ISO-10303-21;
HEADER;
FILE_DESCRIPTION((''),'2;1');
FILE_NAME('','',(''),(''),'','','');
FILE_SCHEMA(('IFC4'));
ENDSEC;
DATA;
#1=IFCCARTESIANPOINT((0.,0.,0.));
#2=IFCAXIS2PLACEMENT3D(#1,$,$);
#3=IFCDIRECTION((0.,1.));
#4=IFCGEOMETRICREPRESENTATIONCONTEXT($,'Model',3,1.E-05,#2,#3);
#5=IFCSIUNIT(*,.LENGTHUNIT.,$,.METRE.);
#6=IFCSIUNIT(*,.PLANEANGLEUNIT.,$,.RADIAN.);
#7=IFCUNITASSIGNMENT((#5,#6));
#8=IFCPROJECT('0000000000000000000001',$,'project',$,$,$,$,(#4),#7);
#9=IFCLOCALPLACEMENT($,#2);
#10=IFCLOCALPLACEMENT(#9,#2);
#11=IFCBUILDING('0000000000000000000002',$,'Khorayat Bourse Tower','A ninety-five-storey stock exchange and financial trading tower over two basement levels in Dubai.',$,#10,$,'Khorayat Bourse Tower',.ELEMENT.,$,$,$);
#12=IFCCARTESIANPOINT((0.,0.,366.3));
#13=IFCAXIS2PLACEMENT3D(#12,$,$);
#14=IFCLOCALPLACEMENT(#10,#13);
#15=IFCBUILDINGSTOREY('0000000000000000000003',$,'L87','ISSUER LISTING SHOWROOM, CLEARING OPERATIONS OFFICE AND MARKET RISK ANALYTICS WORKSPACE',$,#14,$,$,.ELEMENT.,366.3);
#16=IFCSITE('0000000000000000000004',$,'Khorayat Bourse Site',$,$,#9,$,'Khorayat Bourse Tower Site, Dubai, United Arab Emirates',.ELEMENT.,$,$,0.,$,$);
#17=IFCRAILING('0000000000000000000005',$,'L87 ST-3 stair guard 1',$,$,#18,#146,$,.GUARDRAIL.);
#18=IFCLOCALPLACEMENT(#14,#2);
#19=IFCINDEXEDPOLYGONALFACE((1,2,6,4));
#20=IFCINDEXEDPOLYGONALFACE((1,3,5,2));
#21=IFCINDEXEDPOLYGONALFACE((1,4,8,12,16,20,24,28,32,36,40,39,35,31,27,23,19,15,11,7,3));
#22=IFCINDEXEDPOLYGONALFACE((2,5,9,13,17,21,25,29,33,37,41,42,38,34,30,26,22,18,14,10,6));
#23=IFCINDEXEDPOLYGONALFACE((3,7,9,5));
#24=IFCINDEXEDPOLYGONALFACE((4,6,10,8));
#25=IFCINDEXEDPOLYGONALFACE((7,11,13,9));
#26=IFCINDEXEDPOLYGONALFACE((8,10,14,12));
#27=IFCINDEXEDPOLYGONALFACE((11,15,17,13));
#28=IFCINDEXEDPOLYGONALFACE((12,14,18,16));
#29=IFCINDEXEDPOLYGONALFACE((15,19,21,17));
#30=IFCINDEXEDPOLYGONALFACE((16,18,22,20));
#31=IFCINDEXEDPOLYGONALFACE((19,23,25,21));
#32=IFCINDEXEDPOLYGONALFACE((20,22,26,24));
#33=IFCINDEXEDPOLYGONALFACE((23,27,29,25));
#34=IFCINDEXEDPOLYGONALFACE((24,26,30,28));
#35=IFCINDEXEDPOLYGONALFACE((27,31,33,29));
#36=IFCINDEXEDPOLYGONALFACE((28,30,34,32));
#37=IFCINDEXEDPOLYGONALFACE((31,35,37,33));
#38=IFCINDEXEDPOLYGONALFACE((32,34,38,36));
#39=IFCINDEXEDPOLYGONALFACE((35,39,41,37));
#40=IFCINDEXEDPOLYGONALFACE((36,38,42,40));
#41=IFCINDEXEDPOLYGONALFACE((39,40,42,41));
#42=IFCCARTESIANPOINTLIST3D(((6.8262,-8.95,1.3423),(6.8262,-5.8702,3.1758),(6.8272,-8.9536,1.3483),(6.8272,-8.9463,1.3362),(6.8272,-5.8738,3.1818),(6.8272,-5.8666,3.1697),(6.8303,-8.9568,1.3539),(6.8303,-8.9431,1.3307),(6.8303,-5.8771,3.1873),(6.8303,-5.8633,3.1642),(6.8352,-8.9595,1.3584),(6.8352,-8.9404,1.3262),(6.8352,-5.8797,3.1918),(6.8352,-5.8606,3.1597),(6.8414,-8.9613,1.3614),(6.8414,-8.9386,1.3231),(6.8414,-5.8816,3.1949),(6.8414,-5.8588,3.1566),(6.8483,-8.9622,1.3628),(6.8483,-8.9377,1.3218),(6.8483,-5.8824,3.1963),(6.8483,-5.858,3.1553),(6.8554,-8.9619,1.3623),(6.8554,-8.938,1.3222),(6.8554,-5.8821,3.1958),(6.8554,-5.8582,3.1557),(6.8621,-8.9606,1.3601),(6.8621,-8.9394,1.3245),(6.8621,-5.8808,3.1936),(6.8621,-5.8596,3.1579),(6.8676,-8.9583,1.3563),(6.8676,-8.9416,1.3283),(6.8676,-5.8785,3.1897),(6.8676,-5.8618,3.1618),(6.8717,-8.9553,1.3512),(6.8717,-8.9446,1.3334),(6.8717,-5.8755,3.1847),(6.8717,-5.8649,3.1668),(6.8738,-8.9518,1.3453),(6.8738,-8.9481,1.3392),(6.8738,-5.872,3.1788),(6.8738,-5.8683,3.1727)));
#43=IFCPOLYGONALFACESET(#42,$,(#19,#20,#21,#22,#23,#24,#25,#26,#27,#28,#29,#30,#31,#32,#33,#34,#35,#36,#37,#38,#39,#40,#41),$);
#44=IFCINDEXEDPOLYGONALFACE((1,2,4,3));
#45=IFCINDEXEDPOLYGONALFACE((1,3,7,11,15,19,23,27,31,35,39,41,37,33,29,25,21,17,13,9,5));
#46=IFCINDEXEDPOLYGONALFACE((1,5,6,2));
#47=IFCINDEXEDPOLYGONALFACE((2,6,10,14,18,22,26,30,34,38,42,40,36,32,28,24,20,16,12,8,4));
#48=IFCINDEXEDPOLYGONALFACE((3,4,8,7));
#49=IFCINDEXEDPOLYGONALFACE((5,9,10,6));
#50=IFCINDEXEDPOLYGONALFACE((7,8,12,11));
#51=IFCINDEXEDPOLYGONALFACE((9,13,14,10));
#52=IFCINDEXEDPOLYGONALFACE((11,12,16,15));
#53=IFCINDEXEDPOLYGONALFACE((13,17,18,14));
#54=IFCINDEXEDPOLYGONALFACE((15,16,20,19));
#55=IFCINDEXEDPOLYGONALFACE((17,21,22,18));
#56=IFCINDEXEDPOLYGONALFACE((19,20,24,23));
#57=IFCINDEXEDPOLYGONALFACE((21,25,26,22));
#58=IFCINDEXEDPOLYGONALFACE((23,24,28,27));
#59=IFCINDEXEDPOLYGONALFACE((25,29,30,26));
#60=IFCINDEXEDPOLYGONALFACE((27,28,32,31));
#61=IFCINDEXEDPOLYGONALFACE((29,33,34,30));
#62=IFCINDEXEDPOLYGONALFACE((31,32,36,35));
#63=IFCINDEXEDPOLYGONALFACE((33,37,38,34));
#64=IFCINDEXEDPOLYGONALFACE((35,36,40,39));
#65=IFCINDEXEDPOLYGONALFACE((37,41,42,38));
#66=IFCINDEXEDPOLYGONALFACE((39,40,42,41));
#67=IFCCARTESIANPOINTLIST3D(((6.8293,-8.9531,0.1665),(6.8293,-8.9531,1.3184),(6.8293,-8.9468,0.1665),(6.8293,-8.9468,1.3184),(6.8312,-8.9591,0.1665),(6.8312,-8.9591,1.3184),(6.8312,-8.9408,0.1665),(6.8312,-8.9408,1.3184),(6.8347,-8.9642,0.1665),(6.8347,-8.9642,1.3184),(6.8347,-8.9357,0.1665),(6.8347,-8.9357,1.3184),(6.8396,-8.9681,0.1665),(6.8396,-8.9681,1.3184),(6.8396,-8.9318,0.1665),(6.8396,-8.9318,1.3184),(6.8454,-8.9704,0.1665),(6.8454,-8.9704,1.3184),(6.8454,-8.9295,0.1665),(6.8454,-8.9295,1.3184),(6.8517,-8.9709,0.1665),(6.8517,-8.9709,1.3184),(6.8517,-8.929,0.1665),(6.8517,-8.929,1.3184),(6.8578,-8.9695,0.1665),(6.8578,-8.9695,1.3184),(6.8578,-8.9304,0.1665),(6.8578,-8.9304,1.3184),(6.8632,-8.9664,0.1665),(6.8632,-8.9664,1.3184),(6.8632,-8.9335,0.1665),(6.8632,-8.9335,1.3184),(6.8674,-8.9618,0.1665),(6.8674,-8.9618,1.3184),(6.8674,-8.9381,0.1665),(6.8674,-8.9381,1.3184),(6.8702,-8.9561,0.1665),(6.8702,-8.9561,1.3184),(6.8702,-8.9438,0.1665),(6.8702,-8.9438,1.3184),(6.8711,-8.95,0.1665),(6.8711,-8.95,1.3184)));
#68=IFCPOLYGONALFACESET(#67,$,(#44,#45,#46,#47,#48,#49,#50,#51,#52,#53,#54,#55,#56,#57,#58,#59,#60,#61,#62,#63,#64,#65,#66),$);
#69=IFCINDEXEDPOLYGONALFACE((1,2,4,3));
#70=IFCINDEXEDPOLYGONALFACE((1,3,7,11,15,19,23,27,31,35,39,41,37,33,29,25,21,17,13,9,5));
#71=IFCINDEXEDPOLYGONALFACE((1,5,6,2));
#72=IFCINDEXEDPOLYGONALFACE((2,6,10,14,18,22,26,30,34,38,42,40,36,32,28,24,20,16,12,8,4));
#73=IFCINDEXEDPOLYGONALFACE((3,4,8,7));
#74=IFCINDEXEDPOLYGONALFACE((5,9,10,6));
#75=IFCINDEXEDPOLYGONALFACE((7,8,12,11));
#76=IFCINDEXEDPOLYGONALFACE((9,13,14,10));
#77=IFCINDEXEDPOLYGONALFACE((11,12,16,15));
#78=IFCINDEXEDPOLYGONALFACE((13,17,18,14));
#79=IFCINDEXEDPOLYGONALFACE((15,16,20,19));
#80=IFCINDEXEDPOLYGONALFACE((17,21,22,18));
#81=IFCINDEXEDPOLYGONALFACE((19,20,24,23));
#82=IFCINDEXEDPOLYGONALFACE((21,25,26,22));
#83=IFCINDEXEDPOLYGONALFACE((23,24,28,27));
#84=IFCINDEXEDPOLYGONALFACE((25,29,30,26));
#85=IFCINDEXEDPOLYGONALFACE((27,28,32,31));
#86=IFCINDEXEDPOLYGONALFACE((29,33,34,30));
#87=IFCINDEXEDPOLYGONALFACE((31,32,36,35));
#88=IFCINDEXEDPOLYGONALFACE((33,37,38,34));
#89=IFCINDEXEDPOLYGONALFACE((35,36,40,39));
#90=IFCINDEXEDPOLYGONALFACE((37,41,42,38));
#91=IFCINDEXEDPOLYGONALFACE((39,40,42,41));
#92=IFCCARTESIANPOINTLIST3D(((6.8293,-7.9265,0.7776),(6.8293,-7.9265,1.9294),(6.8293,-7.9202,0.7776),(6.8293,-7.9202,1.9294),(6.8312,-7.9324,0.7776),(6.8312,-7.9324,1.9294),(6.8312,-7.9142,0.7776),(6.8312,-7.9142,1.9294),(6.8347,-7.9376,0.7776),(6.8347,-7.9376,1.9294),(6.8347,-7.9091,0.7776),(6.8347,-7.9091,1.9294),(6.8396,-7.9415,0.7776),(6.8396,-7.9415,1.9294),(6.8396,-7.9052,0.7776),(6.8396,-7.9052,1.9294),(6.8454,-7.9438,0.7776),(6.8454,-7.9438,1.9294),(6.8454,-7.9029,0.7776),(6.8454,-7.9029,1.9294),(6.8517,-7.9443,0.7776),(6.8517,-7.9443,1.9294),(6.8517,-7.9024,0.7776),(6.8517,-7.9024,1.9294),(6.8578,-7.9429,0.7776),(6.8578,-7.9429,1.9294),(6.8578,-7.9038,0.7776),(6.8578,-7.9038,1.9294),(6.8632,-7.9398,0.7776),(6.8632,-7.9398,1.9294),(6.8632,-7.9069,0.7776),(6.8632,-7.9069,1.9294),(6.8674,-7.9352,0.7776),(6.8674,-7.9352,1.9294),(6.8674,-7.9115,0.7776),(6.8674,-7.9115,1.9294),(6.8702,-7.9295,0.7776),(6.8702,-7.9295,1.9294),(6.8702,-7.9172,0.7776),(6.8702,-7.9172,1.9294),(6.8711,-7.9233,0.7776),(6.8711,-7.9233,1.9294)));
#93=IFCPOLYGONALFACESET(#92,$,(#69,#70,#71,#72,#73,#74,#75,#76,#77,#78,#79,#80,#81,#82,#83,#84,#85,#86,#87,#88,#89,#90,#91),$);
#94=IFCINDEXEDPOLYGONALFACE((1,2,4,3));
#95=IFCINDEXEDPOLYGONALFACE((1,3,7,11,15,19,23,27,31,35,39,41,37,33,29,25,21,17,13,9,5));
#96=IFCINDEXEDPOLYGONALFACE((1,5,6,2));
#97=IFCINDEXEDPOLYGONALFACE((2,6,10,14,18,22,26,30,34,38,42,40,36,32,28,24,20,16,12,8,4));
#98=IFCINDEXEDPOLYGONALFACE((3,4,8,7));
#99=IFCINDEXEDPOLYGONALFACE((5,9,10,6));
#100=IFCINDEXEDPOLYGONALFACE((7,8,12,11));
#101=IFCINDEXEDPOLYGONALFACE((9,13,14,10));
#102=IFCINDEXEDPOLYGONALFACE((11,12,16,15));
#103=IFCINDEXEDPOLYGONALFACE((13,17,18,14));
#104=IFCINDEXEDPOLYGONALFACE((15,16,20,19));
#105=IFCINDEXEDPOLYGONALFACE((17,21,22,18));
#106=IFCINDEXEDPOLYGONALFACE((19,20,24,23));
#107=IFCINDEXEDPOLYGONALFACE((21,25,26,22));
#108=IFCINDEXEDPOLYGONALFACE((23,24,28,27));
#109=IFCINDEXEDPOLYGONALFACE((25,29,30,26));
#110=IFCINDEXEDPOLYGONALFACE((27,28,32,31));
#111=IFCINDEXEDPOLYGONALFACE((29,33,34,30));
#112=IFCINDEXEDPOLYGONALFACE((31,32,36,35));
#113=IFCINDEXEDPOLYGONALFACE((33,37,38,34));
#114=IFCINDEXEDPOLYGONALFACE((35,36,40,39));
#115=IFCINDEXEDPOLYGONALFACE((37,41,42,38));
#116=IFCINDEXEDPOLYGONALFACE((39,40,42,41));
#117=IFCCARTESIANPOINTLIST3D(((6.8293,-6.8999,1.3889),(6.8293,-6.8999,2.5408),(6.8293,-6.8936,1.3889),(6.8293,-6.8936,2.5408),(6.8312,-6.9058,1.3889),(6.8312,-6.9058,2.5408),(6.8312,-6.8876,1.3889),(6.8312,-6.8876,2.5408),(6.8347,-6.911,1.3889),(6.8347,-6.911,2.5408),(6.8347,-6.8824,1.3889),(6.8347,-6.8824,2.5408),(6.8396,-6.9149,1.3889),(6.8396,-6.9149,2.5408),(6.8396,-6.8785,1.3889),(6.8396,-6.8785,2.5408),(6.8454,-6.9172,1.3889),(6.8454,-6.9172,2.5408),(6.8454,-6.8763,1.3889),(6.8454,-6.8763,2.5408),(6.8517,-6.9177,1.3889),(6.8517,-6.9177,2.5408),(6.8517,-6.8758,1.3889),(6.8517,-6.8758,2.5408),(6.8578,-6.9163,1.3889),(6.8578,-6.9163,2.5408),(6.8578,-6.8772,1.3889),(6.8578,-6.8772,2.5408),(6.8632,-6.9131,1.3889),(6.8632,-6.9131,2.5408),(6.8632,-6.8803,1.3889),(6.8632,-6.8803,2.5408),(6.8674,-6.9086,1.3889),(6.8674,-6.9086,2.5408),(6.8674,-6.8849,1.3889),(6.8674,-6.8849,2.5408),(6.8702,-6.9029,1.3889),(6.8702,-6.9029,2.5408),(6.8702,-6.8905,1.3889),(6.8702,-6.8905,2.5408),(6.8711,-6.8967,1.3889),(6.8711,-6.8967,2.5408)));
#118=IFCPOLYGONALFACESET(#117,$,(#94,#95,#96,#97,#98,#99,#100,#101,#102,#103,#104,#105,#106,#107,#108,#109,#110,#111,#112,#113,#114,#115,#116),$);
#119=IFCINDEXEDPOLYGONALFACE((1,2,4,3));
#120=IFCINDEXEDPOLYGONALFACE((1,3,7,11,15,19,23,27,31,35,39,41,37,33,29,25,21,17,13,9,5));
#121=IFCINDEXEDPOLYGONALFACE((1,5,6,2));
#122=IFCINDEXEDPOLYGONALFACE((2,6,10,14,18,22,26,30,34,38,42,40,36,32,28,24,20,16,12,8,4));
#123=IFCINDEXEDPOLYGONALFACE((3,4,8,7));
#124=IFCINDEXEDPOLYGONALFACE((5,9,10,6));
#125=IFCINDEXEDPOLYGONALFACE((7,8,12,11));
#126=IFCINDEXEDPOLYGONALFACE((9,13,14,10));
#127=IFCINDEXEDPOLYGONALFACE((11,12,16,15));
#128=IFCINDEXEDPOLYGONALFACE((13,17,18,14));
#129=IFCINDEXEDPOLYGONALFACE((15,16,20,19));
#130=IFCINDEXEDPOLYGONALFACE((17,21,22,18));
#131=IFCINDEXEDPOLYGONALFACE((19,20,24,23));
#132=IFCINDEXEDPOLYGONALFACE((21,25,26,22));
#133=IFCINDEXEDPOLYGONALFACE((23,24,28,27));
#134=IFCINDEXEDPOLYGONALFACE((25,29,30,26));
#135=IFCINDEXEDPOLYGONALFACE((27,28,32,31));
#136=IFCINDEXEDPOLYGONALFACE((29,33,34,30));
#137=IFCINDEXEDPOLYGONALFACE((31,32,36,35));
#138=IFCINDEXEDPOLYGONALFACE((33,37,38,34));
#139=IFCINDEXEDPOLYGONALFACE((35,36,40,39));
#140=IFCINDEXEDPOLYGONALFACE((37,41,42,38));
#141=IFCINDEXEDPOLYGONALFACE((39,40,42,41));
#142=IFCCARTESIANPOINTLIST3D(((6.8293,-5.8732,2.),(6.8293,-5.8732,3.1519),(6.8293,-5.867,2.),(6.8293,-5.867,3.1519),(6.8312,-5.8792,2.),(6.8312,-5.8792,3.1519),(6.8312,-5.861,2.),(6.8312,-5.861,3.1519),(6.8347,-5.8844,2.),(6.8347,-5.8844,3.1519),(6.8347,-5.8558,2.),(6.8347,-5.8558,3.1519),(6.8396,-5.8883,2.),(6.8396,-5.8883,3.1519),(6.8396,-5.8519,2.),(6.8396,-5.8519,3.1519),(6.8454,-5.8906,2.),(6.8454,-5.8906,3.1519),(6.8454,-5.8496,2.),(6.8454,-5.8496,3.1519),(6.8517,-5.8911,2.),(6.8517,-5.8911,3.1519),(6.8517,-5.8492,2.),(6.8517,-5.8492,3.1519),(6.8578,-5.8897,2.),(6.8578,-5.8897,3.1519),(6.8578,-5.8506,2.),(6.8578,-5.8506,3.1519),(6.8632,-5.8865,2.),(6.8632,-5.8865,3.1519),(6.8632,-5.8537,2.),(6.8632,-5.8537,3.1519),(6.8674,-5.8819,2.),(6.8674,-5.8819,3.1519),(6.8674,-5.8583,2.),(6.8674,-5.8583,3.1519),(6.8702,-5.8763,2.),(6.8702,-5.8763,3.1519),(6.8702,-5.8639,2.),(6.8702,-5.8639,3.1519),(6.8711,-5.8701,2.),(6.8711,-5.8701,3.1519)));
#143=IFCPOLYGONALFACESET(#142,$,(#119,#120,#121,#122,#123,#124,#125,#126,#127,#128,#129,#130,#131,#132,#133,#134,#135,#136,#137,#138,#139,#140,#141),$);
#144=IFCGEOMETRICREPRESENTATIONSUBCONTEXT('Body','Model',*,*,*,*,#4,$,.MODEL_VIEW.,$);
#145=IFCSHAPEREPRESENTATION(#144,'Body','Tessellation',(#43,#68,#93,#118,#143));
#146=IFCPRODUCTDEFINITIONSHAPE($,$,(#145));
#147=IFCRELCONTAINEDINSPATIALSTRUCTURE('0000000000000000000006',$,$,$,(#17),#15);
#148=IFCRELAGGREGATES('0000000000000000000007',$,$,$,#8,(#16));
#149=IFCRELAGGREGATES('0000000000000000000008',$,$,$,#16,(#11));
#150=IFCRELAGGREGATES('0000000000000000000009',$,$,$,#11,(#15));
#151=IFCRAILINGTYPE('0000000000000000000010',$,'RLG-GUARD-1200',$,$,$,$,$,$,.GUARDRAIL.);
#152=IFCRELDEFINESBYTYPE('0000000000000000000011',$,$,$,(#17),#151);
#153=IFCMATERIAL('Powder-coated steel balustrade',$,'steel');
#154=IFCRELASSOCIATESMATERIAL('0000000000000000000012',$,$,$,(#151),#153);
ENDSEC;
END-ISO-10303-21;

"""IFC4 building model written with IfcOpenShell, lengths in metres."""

from ifc_helpers import new_model, si_unit, direction, frame, origin, origin_2d, place, context, subcontext, project, spatial, circle, extrude, source, transform, mapped, material, type_object, element, save


model = new_model("IFC4")

# Units and contexts
model_context = context("Model", 3, precision=1e-05, world=origin(), true_north=direction((0.0, 1.0)))
body_context = subcontext(model_context, "Body", "Model", "MODEL_VIEW")
ifc_project = project(units=[si_unit("LENGTHUNIT", "METRE"), si_unit("PLANEANGLEUNIT", "RADIAN")], contexts=[model_context])

# Site, building, storey
site_placement = place(None, origin())
site = spatial("IfcSite", under=ifc_project, at=site_placement, Name="Khorayat Bourse Site", LongName="Khorayat Bourse Tower Site, Dubai, United Arab Emirates", CompositionType="ELEMENT", RefElevation=0.0)
building_placement = place(site_placement, origin())
building = spatial("IfcBuilding", under=site, at=building_placement, Name="Khorayat Bourse Tower", Description="A ninety-five-storey stock exchange and financial trading tower over two basement levels in Dubai.", LongName="Khorayat Bourse Tower", CompositionType="ELEMENT")
storey_placement = place(building_placement, frame((0.0, 0.0, 366.3)))
storey = spatial("IfcBuildingStorey", under=building, at=storey_placement, Name="L87", Description="ISSUER LISTING SHOWROOM, CLEARING OPERATIONS OFFICE AND MARKET RISK ANALYTICS WORKSPACE", CompositionType="ELEMENT", Elevation=366.3)

# Railing
ifc_material_1 = material(Name="Powder-coated steel balustrade", Category="steel")
railing_type_1 = type_object("IfcRailingType", Name="RLG-GUARD-1200", PredefinedType="GUARDRAIL", material=ifc_material_1)
shared_shape_1 = source(origin(), body_context, "Body", "SweptSolid", [
    extrude(circle(Radius=0.0239, at=origin_2d()), frame((0.0, 0.0, 1.1758), z_axis=(0.0, 0.859261, 0.511538), x_axis=(-1.0, 0.0, 0.0)), (0.0, 0.0, 1.0), 3.5842),
    extrude(circle(Radius=0.021, at=origin_2d()), origin(), (0.0, 0.0, 1.0), 1.1519),
    extrude(circle(Radius=0.021, at=origin_2d()), frame((0.0, 1.0266, 0.6111)), (0.0, 0.0, 1.0), 1.1519),
    extrude(circle(Radius=0.021, at=origin_2d()), frame((0.0, 2.0532, 1.2224)), (0.0, 0.0, 1.0), 1.1519),
    extrude(circle(Radius=0.021, at=origin_2d()), frame((0.0, 3.0798, 1.8335)), (0.0, 0.0, 1.0), 1.1519),
])
railing_1_placement = place(storey_placement, frame((6.8501, -8.95, 0.1665)))
element("IfcRailing", 1, at=railing_1_placement, inside=storey, type_object=railing_type_1, Name="L87 ST-3 stair guard 1", PredefinedType="GUARDRAIL", context=body_context, shape_type="MappedRepresentation", body=[
    mapped(shared_shape_1, transform((0.0, 0.0, 0.0), scale=1.0)),
])

save(model, "model.ifc")
